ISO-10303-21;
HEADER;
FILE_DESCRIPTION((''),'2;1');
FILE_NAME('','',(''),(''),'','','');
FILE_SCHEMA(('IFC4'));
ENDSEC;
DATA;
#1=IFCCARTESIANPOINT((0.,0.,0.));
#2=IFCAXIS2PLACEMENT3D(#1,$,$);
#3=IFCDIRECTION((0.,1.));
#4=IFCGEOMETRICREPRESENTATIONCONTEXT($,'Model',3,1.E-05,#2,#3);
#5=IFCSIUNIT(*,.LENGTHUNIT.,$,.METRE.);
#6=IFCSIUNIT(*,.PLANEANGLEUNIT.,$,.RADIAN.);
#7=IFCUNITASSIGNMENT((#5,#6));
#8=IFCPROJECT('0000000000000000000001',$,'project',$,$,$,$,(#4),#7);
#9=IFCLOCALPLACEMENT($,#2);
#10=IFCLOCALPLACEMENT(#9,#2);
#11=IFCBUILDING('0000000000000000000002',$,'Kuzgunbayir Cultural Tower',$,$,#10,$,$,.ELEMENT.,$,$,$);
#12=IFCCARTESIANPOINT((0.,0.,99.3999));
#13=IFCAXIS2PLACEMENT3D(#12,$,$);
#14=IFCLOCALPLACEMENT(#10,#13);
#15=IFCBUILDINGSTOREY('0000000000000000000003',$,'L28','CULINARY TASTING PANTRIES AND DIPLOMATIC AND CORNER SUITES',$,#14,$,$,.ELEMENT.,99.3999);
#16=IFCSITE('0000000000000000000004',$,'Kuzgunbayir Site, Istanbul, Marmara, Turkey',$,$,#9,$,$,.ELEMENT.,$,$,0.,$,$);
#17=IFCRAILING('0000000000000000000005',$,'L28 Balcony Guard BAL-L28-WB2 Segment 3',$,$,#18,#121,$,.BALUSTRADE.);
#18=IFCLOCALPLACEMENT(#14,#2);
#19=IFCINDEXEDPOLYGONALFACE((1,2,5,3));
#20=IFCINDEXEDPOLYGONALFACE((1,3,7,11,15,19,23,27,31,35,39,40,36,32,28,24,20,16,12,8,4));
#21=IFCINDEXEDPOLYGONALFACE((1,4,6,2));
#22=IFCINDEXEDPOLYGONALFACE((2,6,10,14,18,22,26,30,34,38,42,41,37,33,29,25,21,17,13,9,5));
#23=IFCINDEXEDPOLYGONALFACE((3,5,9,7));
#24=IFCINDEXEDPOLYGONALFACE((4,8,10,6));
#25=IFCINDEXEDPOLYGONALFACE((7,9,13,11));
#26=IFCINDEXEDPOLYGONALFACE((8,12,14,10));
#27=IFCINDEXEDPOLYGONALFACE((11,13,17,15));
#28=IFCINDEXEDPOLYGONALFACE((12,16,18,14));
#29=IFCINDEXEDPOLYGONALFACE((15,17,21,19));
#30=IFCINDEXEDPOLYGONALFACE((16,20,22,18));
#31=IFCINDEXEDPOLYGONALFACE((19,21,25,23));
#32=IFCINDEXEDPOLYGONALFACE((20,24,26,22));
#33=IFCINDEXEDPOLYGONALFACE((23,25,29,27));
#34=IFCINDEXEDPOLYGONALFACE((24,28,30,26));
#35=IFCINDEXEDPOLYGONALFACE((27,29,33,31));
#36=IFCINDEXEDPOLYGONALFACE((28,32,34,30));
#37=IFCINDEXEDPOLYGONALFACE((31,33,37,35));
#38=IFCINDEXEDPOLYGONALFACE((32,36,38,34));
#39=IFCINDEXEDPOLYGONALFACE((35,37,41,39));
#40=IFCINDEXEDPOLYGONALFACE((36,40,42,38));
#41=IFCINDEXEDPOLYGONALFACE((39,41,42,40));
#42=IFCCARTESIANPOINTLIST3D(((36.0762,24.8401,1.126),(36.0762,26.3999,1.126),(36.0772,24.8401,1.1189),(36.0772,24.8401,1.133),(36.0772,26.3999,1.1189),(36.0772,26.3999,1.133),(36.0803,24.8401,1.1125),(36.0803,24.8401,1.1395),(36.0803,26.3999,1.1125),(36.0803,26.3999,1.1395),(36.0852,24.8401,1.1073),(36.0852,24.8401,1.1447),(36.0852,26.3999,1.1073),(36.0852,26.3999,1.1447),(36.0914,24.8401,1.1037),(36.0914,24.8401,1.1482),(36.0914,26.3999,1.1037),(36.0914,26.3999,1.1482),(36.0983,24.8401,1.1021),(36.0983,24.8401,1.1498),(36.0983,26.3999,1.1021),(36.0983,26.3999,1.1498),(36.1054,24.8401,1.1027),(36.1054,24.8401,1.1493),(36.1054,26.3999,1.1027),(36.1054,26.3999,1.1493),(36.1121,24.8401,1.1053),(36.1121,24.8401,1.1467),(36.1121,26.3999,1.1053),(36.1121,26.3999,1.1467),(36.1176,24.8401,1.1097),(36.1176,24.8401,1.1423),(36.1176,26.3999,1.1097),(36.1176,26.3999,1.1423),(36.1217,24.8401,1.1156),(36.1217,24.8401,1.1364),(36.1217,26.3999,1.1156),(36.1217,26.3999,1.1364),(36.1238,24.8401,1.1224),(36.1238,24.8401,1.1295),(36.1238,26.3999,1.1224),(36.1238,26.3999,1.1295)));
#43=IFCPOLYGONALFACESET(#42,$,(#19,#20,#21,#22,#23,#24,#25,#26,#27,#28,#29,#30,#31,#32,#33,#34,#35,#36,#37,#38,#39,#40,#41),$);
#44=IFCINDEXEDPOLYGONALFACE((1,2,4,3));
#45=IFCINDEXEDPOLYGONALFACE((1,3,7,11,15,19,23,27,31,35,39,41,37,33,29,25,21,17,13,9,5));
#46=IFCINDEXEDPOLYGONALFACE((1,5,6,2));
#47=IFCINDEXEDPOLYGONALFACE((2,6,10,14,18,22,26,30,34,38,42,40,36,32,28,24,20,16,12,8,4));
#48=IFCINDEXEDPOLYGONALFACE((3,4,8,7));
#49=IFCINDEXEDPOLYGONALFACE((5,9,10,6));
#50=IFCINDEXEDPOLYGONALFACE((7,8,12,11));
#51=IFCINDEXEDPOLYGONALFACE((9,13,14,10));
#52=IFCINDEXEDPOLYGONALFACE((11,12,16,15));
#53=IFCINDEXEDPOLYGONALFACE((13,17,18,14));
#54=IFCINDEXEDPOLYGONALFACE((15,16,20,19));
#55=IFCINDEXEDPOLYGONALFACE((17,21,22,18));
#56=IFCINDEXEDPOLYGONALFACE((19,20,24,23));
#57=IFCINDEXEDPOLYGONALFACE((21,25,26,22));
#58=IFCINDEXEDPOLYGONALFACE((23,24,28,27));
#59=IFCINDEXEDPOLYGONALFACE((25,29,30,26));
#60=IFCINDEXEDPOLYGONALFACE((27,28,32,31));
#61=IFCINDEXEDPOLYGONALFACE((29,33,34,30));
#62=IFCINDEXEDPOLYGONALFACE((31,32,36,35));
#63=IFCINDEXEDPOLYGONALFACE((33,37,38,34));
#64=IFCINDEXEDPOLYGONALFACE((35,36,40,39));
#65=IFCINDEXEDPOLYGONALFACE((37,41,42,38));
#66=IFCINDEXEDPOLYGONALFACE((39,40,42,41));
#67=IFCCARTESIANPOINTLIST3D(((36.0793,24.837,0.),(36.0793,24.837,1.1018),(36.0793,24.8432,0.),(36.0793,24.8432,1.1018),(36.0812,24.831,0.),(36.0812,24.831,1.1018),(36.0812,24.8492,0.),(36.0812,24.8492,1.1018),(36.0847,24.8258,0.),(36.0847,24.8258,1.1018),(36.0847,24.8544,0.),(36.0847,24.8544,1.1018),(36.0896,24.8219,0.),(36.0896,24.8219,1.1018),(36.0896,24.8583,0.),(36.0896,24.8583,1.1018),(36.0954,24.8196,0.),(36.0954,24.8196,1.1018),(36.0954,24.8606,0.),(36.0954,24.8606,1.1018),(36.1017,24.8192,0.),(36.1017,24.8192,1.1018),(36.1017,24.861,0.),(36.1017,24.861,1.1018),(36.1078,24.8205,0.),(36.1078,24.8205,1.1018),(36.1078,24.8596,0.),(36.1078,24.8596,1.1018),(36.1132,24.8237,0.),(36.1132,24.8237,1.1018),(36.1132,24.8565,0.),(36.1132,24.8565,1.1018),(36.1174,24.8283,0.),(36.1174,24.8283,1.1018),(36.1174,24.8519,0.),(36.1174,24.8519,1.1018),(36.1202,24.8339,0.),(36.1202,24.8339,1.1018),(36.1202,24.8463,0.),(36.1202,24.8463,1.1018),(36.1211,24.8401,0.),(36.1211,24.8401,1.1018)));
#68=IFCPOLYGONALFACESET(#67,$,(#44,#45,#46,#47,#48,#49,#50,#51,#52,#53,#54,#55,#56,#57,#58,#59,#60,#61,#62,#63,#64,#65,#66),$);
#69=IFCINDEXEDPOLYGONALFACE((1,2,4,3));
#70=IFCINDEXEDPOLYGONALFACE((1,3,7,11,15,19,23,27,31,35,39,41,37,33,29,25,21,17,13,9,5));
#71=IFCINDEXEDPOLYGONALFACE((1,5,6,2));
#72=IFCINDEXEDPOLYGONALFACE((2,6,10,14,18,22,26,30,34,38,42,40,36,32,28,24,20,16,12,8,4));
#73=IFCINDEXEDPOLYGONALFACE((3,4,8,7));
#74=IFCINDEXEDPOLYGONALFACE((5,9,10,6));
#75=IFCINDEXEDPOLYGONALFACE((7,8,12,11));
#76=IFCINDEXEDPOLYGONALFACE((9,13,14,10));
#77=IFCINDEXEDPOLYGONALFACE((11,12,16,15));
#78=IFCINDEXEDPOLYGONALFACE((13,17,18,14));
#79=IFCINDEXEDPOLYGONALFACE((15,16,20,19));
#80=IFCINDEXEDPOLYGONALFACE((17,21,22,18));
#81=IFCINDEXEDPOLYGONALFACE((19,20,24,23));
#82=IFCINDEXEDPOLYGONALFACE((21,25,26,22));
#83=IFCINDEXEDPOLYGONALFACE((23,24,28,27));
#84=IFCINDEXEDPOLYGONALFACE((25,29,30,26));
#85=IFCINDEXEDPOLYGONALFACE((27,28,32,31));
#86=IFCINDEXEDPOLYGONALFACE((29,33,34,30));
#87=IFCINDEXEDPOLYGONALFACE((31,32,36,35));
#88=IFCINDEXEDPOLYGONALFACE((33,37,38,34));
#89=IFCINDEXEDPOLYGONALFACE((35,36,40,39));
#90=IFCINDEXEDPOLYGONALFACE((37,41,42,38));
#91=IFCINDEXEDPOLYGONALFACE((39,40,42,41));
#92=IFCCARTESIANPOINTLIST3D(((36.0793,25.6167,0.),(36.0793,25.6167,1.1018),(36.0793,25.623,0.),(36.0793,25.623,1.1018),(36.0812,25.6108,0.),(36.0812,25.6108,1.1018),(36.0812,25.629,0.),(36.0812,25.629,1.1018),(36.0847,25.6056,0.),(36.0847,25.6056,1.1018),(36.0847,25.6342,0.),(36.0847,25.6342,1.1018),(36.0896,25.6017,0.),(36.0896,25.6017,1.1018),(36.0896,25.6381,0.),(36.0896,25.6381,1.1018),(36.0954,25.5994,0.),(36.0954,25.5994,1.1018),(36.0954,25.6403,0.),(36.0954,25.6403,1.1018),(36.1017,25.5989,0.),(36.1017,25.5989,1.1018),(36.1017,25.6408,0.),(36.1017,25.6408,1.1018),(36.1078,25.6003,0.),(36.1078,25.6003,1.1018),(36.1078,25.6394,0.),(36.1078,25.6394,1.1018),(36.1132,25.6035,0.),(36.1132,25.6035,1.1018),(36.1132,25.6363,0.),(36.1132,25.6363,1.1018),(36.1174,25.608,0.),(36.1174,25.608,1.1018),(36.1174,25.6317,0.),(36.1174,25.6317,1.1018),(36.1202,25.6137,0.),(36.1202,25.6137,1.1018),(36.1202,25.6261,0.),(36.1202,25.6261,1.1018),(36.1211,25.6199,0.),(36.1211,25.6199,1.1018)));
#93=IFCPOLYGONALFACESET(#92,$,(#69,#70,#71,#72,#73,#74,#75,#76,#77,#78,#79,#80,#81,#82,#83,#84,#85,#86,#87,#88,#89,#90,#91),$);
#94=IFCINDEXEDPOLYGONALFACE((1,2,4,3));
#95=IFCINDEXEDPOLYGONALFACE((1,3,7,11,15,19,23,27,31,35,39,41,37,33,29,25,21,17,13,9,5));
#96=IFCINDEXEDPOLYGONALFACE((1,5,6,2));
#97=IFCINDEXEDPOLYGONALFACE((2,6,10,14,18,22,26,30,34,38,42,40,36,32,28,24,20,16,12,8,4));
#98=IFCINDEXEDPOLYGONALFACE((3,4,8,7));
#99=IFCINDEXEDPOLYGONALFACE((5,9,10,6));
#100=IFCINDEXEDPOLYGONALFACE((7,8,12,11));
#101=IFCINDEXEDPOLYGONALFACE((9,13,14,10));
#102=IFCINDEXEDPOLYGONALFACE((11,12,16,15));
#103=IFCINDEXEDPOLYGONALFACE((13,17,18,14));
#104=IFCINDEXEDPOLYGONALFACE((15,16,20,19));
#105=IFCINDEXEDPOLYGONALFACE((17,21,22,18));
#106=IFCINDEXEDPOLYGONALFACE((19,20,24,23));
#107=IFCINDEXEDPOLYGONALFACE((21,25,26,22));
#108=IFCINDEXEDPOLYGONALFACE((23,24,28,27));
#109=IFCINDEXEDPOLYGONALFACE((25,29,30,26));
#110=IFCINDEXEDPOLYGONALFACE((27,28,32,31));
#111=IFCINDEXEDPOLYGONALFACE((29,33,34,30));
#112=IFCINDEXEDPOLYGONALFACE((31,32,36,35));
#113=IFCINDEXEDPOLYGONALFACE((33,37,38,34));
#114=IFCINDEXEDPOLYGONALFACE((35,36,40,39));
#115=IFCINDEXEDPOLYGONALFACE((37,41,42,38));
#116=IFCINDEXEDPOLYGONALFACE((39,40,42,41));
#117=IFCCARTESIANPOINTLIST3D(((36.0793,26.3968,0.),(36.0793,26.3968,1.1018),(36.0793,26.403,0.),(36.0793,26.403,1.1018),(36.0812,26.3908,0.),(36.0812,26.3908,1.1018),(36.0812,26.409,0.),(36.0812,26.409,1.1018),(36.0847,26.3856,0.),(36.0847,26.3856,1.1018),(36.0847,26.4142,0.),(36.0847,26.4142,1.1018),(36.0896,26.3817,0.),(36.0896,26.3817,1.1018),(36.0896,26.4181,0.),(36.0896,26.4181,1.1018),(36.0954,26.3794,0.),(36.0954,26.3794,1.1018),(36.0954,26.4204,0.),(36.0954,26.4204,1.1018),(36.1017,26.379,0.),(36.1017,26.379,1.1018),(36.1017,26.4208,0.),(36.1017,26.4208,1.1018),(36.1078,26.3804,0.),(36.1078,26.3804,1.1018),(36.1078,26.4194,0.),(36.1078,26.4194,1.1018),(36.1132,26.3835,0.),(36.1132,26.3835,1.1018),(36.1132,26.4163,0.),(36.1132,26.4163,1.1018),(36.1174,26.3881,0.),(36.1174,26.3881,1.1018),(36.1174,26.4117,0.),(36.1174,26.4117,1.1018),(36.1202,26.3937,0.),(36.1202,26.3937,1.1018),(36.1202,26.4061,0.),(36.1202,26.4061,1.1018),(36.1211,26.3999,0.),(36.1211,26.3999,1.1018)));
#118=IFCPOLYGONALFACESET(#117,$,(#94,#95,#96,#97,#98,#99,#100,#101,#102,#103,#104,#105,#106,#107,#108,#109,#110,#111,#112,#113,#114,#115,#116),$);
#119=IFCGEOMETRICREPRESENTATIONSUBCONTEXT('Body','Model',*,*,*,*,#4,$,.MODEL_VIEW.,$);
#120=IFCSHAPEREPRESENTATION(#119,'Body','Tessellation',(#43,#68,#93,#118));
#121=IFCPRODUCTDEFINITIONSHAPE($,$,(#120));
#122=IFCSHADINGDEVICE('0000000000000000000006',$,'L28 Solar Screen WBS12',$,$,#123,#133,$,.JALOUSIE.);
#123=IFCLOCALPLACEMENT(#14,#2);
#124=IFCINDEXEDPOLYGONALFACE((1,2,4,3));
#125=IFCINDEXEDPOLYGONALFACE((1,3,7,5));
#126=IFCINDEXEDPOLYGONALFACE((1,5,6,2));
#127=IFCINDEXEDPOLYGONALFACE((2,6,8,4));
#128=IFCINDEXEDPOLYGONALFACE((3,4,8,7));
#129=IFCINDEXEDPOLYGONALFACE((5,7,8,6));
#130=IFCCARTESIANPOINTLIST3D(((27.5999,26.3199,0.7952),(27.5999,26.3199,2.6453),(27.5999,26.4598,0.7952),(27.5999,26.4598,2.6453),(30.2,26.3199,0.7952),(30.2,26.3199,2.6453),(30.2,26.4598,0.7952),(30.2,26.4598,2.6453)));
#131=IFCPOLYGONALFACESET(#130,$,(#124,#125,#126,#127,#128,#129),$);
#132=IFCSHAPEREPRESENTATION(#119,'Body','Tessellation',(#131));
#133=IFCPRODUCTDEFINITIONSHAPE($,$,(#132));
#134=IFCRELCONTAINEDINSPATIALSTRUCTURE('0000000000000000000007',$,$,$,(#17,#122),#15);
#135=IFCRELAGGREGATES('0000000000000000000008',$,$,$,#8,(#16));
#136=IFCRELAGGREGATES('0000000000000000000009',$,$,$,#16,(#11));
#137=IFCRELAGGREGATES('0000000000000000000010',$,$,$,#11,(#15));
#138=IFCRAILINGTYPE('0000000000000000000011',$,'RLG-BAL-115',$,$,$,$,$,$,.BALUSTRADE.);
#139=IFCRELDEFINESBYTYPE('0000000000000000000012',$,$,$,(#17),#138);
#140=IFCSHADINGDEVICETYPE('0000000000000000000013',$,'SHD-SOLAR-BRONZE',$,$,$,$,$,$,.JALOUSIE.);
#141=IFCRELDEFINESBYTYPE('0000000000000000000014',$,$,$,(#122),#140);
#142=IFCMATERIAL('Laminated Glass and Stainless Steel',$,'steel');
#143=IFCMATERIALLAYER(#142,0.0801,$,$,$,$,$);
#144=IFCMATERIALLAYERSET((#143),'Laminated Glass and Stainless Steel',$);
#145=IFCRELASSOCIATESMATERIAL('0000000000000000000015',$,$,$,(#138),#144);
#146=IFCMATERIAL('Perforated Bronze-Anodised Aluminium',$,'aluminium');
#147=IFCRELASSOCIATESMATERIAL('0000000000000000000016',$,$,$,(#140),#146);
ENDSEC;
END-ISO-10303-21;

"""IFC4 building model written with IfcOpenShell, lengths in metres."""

from ifc_helpers import new_model, si_unit, direction, frame, origin, origin_2d, place, context, subcontext, project, spatial, rectangle, circle, extrude, material, layer, layer_set, type_object, element, save


model = new_model("IFC4")

# Units and contexts
model_context = context("Model", 3, precision=1e-05, world=origin(), true_north=direction((0.0, 1.0)))
body_context = subcontext(model_context, "Body", "Model", "MODEL_VIEW")
ifc_project = project(units=[si_unit("LENGTHUNIT", "METRE"), si_unit("PLANEANGLEUNIT", "RADIAN")], contexts=[model_context])

# Site, building, storey
site_placement = place(None, origin())
site = spatial("IfcSite", under=ifc_project, at=site_placement, Name="Kuzgunbayir Site, Istanbul, Marmara, Turkey", CompositionType="ELEMENT", RefElevation=0.0)
building_placement = place(site_placement, origin())
building = spatial("IfcBuilding", under=site, at=building_placement, Name="Kuzgunbayir Cultural Tower", CompositionType="ELEMENT")
storey_placement = place(building_placement, frame((0.0, 0.0, 99.3999)))
storey = spatial("IfcBuildingStorey", under=building, at=storey_placement, Name="L28", Description="CULINARY TASTING PANTRIES AND DIPLOMATIC AND CORNER SUITES", CompositionType="ELEMENT", Elevation=99.3999)

# Railing
ifc_material_1 = material(Name="Laminated Glass and Stainless Steel", Category="steel")
ifc_layer_1 = layer(ifc_material_1, 0.0801)
ifc_layer_set_1 = layer_set([ifc_layer_1], Name="Laminated Glass and Stainless Steel")
railing_type = type_object("IfcRailingType", Name="RLG-BAL-115", PredefinedType="BALUSTRADE", material=ifc_layer_set_1)
railing_1_placement = place(storey_placement, frame((36.1001, 24.8401, 0.0)))
element("IfcRailing", 1, at=railing_1_placement, inside=storey, type_object=railing_type, Name="L28 Balcony Guard BAL-L28-WB2 Segment 3", PredefinedType="BALUSTRADE", context=body_context, shape_type="SweptSolid", body=[
    extrude(circle(Radius=0.0239, at=origin_2d()), frame((0.0, 0.0, 1.126), z_axis=(0.0, 1.0, 0.0), x_axis=(-1.0, 0.0, 0.0)), (0.0, 0.0, 1.0), 1.5598),
    extrude(circle(Radius=0.021, at=origin_2d()), origin(), (0.0, 0.0, 1.0), 1.1018),
    extrude(circle(Radius=0.021, at=origin_2d()), frame((0.0, 0.7798, 0.0)), (0.0, 0.0, 1.0), 1.1018),
    extrude(circle(Radius=0.021, at=origin_2d()), frame((0.0, 1.5598, 0.0)), (0.0, 0.0, 1.0), 1.1018),
])

# Shading device
ifc_material_2 = material(Name="Perforated Bronze-Anodised Aluminium", Category="aluminium")
shading_device_type = type_object("IfcShadingDeviceType", Name="SHD-SOLAR-BRONZE", PredefinedType="JALOUSIE", material=ifc_material_2)
shading_device_placement = place(storey_placement, frame((28.8999, 26.3899, 0.7952), z_axis=(0.0, 0.0, 1.0), x_axis=(1.0, 0.0, 0.0)))
element("IfcShadingDevice", 2, at=shading_device_placement, inside=storey, type_object=shading_device_type, Name="L28 Solar Screen WBS12", PredefinedType="JALOUSIE", context=body_context, shape_type="SweptSolid", body=[
    extrude(rectangle(XDim=2.6001, YDim=0.1399, at=origin_2d()), origin(), (0.0, 0.0, 1.0), 1.8501),
])

save(model, "model.ifc")
